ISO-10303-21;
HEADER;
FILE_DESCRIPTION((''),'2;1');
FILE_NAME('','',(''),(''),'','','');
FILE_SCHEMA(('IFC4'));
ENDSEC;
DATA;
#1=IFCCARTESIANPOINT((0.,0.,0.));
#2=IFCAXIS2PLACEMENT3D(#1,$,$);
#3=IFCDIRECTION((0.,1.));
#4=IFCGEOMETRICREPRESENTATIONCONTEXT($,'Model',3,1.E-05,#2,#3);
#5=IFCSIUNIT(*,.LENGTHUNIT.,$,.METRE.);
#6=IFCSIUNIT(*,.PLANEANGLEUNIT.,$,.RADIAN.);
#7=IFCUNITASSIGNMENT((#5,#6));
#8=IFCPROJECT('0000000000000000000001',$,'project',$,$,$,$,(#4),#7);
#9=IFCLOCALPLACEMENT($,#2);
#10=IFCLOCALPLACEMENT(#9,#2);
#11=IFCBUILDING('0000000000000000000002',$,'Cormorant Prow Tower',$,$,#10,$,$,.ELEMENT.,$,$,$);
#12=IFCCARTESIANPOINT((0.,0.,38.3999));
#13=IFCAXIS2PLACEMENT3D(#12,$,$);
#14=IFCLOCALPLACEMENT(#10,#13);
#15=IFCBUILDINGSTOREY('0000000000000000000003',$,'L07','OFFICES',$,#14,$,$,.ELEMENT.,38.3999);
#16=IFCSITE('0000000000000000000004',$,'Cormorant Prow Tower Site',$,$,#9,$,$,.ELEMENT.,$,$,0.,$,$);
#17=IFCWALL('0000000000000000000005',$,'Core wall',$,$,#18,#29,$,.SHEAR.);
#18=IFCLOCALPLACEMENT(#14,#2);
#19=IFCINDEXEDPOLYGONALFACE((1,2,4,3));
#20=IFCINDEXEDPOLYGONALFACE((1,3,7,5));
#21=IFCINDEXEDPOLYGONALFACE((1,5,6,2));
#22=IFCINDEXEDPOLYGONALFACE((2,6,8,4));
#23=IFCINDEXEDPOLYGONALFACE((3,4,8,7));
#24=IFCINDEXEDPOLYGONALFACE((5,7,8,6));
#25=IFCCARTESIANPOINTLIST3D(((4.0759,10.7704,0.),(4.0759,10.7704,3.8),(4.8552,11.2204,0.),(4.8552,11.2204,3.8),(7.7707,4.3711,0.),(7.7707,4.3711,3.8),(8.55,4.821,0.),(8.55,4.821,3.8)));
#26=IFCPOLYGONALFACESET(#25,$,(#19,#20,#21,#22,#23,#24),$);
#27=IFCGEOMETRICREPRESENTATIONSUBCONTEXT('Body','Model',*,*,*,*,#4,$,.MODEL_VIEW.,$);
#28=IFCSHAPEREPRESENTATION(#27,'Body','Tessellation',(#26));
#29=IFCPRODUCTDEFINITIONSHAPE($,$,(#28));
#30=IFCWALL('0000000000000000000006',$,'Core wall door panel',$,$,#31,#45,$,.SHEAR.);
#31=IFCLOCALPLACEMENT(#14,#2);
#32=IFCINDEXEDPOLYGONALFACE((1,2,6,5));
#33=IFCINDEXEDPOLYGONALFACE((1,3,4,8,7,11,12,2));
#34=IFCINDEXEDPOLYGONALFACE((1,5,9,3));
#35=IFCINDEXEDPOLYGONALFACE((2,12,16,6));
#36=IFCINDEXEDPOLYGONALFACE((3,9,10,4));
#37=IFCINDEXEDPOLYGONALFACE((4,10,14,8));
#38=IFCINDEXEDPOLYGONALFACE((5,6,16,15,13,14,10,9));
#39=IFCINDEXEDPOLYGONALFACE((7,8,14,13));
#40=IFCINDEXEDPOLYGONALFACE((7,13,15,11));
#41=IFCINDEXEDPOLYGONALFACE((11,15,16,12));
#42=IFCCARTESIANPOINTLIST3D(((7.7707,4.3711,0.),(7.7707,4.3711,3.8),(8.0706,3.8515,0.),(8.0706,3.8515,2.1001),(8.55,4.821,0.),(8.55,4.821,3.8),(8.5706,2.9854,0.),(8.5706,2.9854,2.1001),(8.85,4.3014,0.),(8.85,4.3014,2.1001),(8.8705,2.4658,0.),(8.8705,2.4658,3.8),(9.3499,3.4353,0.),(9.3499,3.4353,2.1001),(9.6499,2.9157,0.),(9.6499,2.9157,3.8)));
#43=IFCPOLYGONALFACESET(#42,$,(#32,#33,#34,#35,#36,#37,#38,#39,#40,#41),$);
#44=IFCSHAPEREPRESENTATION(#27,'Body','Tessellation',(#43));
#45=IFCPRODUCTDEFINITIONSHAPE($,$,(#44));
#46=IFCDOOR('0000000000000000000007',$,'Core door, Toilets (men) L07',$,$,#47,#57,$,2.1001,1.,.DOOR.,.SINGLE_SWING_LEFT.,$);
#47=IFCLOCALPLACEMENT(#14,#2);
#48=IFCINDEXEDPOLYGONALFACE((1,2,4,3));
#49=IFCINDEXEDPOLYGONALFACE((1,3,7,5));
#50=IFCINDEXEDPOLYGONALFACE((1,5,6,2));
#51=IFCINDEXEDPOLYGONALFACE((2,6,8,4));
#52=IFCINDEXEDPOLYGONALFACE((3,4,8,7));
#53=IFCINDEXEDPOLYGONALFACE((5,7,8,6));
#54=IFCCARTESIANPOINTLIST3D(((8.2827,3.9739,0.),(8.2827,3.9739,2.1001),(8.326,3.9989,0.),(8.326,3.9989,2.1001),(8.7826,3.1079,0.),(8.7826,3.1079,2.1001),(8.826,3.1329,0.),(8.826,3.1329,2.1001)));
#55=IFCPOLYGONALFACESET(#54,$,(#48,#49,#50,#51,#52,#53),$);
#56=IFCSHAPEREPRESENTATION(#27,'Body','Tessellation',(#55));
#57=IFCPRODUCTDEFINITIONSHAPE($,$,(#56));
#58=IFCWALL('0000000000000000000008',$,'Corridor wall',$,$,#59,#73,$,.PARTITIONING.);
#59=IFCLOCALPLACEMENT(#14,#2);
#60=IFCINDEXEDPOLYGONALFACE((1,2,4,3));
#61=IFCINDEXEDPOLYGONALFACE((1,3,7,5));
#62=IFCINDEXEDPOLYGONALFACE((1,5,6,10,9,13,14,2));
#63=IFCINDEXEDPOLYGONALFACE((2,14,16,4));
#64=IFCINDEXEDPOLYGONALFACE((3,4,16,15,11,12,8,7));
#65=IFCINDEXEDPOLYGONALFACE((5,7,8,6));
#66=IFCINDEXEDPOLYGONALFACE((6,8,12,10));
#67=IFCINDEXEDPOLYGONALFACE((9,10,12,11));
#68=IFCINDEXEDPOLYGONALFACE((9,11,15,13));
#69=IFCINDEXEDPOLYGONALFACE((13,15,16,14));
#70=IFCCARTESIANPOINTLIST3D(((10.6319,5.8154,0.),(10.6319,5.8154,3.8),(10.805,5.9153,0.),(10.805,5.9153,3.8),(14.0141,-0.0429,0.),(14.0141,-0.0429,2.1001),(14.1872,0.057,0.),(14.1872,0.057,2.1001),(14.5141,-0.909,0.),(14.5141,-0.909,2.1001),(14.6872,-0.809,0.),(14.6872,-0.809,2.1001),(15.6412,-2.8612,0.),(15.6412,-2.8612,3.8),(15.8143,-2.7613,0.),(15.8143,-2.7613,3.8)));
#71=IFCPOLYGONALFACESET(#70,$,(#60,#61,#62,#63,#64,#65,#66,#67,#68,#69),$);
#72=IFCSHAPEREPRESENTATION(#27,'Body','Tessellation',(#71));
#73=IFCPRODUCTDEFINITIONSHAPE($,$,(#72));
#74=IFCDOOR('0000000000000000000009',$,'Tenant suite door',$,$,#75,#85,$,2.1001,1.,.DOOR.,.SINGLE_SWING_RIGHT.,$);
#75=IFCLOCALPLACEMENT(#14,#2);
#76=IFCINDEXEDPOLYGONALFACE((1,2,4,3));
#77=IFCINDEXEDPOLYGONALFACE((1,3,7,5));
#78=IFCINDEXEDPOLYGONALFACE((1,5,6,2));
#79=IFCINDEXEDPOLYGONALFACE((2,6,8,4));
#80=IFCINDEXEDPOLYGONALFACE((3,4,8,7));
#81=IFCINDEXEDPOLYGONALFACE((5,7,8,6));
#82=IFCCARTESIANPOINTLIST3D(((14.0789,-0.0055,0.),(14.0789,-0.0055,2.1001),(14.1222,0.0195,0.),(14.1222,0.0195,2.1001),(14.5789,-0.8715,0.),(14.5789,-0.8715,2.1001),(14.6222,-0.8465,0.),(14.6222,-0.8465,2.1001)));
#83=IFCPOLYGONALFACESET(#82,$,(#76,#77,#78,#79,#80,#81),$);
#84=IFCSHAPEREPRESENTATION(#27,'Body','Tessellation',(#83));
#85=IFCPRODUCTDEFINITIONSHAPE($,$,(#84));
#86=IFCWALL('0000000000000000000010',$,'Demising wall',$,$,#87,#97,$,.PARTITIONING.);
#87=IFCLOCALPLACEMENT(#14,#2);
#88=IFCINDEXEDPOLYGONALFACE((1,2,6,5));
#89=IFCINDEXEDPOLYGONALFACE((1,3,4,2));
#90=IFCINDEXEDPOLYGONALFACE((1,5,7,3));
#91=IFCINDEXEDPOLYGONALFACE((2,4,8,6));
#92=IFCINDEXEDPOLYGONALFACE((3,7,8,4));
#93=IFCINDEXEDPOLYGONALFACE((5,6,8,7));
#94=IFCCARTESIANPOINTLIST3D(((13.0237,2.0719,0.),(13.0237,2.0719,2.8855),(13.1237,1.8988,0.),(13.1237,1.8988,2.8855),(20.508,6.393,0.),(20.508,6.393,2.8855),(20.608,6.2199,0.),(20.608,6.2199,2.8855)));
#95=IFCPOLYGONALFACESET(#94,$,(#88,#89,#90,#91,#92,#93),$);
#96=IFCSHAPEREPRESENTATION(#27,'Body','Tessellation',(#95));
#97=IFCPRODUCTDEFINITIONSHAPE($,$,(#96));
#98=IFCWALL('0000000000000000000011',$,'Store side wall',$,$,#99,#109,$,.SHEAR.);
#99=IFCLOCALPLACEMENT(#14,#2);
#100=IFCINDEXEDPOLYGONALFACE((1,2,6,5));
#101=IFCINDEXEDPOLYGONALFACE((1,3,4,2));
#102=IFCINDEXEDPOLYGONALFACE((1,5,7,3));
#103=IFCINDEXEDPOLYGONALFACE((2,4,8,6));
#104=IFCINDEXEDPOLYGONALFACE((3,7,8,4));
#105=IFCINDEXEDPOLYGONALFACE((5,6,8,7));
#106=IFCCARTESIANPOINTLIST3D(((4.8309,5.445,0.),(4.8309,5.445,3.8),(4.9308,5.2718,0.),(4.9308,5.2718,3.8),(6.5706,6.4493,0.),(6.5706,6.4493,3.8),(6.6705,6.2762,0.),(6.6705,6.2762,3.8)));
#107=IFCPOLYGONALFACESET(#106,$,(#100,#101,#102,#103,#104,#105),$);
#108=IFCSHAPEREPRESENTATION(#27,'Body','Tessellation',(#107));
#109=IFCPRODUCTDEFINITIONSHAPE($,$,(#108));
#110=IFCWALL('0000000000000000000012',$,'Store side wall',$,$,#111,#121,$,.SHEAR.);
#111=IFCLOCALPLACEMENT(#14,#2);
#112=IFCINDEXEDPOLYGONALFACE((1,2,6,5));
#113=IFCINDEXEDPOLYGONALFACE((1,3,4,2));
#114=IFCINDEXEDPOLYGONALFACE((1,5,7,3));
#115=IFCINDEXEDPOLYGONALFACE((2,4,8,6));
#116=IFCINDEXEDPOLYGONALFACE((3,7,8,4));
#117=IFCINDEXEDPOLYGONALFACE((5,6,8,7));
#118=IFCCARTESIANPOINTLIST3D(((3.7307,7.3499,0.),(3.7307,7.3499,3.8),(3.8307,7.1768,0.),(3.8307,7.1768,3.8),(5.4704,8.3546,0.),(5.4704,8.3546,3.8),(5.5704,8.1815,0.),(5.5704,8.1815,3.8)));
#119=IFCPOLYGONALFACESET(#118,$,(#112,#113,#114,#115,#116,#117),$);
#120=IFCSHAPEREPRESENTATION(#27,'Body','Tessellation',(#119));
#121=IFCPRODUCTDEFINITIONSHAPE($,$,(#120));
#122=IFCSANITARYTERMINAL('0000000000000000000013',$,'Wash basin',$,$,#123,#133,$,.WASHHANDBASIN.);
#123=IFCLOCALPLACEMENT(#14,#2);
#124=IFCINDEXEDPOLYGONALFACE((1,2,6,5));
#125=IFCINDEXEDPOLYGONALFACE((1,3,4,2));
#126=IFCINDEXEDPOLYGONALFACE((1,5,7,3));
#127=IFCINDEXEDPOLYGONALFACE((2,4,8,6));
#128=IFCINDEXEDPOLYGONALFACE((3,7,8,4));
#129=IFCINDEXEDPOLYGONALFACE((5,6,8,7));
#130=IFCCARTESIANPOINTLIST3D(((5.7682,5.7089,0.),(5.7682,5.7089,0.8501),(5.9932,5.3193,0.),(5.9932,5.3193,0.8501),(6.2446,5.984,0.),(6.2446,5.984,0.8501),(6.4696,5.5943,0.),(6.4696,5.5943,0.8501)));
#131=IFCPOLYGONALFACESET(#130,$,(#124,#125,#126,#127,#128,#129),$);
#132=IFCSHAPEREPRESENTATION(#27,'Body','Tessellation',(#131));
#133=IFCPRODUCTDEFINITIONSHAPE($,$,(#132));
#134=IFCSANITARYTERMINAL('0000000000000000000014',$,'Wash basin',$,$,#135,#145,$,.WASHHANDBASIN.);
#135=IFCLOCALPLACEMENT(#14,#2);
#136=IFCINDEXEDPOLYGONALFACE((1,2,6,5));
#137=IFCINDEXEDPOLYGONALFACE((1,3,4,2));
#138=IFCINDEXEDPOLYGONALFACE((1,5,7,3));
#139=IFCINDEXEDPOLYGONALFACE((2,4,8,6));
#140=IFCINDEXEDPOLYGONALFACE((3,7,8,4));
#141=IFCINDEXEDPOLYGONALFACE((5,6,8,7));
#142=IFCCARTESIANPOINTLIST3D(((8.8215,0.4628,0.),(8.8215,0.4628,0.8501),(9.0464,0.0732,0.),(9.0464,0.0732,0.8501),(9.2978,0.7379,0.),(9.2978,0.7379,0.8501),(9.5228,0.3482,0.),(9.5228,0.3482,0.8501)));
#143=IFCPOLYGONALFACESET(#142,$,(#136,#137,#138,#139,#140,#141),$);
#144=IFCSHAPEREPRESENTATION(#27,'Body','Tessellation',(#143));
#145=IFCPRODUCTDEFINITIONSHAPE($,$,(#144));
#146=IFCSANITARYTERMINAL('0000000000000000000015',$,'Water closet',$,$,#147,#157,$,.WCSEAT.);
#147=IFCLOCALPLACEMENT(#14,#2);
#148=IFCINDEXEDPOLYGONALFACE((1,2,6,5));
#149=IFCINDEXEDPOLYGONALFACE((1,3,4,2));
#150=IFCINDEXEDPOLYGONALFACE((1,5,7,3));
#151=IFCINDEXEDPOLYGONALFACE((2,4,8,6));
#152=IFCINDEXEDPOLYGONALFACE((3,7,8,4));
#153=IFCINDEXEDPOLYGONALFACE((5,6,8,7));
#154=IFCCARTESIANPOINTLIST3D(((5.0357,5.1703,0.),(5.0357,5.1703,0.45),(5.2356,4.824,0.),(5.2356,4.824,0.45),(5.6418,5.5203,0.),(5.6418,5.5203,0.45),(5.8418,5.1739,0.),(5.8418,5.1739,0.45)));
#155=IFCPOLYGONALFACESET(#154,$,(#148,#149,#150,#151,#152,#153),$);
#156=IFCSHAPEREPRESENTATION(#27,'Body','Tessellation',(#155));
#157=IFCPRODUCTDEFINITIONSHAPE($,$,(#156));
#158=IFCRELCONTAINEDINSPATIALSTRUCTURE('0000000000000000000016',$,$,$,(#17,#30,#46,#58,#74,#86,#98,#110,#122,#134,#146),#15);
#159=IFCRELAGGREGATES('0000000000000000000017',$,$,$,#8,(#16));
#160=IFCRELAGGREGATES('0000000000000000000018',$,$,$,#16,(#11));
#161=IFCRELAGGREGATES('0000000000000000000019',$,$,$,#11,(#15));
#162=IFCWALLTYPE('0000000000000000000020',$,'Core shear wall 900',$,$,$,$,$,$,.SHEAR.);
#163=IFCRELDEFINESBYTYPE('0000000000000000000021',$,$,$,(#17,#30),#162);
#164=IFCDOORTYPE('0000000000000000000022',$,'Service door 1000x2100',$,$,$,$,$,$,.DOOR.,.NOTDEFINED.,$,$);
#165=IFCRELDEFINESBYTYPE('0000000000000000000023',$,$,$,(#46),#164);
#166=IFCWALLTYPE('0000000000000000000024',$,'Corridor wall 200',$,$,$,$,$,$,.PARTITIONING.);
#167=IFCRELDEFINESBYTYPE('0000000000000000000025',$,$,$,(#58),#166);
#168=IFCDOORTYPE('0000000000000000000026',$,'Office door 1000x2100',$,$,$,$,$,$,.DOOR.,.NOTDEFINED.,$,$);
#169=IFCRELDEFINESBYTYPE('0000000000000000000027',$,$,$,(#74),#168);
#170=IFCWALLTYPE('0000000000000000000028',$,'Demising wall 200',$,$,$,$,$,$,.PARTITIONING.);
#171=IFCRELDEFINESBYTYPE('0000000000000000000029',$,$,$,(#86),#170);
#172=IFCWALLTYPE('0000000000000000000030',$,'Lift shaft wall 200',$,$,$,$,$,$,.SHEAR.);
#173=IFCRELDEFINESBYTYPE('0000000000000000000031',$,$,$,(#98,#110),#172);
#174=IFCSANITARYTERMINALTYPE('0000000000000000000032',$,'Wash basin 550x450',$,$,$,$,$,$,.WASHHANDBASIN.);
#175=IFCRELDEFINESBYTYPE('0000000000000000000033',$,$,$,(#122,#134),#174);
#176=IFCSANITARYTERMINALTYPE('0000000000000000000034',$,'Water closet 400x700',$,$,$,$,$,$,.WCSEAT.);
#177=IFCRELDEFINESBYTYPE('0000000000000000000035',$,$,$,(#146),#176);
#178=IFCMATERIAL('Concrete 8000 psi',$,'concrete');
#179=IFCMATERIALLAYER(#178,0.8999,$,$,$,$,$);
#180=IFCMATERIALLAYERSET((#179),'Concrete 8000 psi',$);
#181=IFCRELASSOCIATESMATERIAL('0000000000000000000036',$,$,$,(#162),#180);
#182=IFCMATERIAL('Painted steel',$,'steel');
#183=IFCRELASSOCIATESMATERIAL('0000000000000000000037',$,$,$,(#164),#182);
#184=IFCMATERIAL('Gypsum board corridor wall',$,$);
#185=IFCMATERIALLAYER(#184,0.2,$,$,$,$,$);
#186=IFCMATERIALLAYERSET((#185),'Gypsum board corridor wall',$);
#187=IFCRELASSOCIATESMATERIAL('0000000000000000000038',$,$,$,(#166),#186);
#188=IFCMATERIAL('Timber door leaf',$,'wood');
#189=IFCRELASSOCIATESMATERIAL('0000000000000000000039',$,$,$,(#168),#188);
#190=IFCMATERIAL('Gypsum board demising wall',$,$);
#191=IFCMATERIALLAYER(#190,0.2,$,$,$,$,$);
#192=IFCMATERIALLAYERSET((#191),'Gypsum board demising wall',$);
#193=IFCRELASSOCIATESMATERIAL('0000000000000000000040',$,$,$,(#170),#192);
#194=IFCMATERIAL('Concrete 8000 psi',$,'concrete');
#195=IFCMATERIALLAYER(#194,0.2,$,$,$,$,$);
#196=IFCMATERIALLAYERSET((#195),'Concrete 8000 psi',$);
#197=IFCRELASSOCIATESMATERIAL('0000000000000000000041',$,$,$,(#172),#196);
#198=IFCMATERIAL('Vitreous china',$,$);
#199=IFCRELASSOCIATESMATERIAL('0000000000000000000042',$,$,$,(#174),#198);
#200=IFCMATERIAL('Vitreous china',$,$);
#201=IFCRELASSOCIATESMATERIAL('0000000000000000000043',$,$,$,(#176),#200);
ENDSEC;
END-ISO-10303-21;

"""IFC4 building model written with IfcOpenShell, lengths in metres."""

from ifc_helpers import new_model, si_unit, direction, frame, frame_2d, origin, origin_2d, place, context, subcontext, project, spatial, rectangle, extrude, material, layer, layer_set, type_object, element, fill, save


model = new_model("IFC4")

# Units and contexts
model_context = context("Model", 3, precision=1e-05, world=origin(), true_north=direction((0.0, 1.0)))
body_context = subcontext(model_context, "Body", "Model", "MODEL_VIEW")
ifc_project = project(units=[si_unit("LENGTHUNIT", "METRE"), si_unit("PLANEANGLEUNIT", "RADIAN")], contexts=[model_context])

# Site, building, storey
site_placement = place(None, origin())
site = spatial("IfcSite", under=ifc_project, at=site_placement, Name="Cormorant Prow Tower Site", CompositionType="ELEMENT", RefElevation=0.0)
building_placement = place(site_placement, origin())
building = spatial("IfcBuilding", under=site, at=building_placement, Name="Cormorant Prow Tower", CompositionType="ELEMENT")
storey_placement = place(building_placement, frame((0.0, 0.0, 38.3999)))
storey = spatial("IfcBuildingStorey", under=building, at=storey_placement, Name="L07", Description="OFFICES", CompositionType="ELEMENT", Elevation=38.3999)

# Wall
ifc_material_1 = material(Name="Concrete 8000 psi", Category="concrete")
ifc_layer_1 = layer(ifc_material_1, 0.8999)
ifc_layer_set_1 = layer_set([ifc_layer_1], Name="Concrete 8000 psi")
wall_type_1 = type_object("IfcWallType", Name="Core shear wall 900", PredefinedType="SHEAR", material=ifc_layer_set_1)
wall_1_placement = place(storey_placement, frame((8.1604, 4.5959, 0.0), z_axis=(0.0, 0.0, 1.0), x_axis=(-0.500012, 0.866018, 0.0)))
element("IfcWall", 1, at=wall_1_placement, inside=storey, type_object=wall_type_1, Name="Core wall", PredefinedType="SHEAR", context=body_context, shape_type="SweptSolid", body=[
    extrude(rectangle(XDim=7.3894, YDim=0.8999, at=frame_2d((3.6948, 0.0))), origin(), (0.0, 0.0, 1.0), 3.8),
])

# Walls, openings, doors
wall_2_placement = place(storey_placement, frame((9.2603, 2.6907, 0.0), z_axis=(0.0, 0.0, 1.0), x_axis=(-0.499947, 0.866056, 0.0)))
wall_2 = element("IfcWall", 2, at=wall_2_placement, inside=storey, type_object=wall_type_1, Name="Core wall door panel", PredefinedType="SHEAR", context=body_context, shape_type="SweptSolid", body=[
    extrude(rectangle(XDim=2.2, YDim=0.8999, at=frame_2d((1.1001, 0.0))), origin(), (0.0, 0.0, 1.0), 3.8),
])
opening_1_placement = place(wall_2_placement, frame((0.6001, 0.0, 0.0)))
opening_1 = element("IfcOpeningElement", 3, at=opening_1_placement, cuts=wall_2, PredefinedType="OPENING", context=body_context, shape_type="SweptSolid", body=[
    extrude(rectangle(XDim=1.0, YDim=2.1001, at=frame_2d((0.5, 1.05))), frame((0.0, 0.46, 0.0), z_axis=(0.0, -1.0, 0.0), x_axis=(1.0, 0.0, 0.0)), (0.0, 0.0, 1.0), 0.9199),
])
ifc_material_2 = material(Name="Painted steel", Category="steel")
door_type_1 = type_object("IfcDoorType", Name="Service door 1000x2100", OperationType="NOTDEFINED", PredefinedType="DOOR", material=ifc_material_2)
door_1_placement = place(opening_1_placement, origin())
door_1 = element("IfcDoor", 4, at=door_1_placement, inside=storey, type_object=door_type_1, Name="Core door, Toilets (men) L07", OperationType="SINGLE_SWING_LEFT", OverallHeight=2.1001, OverallWidth=1.0, PredefinedType="DOOR", context=body_context, shape_type="SweptSolid", body=[
    extrude(rectangle(XDim=1.0, YDim=2.1001, at=frame_2d((0.5, 1.05))), frame((0.0, 0.2051, 0.0), z_axis=(0.0, -1.0, 0.0), x_axis=(1.0, 0.0, 0.0)), (0.0, 0.0, 1.0), 0.05),
])
fill(opening_1, door_1)
ifc_material_3 = material(Name="Gypsum board corridor wall")
ifc_layer_2 = layer(ifc_material_3, 0.2)
ifc_layer_set_2 = layer_set([ifc_layer_2], Name="Gypsum board corridor wall")
wall_type_2 = type_object("IfcWallType", Name="Corridor wall 200", PredefinedType="PARTITIONING", material=ifc_layer_set_2)
wall_3_placement = place(storey_placement, frame((10.7185, 5.8652, 0.0), z_axis=(0.0, 0.0, 1.0), x_axis=(0.499992, -0.86603, 0.0)))
wall_3 = element("IfcWall", 5, at=wall_3_placement, inside=storey, type_object=wall_type_2, Name="Corridor wall", PredefinedType="PARTITIONING", context=body_context, shape_type="SweptSolid", body=[
    extrude(rectangle(XDim=10.0188, YDim=0.2, at=frame_2d((5.0093, 0.0))), origin(), (0.0, 0.0, 1.0), 3.8),
])
opening_2_placement = place(wall_3_placement, frame((6.7644, 0.0, 0.0)))
opening_2 = element("IfcOpeningElement", 6, at=opening_2_placement, cuts=wall_3, PredefinedType="OPENING", context=body_context, shape_type="SweptSolid", body=[
    extrude(rectangle(XDim=1.0, YDim=2.1001, at=frame_2d((0.5, 1.05))), frame((0.0, 0.1099, 0.0), z_axis=(0.0, -1.0, 0.0), x_axis=(1.0, 0.0, 0.0)), (0.0, 0.0, 1.0), 0.22),
])
ifc_material_4 = material(Name="Timber door leaf", Category="wood")
door_type_2 = type_object("IfcDoorType", Name="Office door 1000x2100", OperationType="NOTDEFINED", PredefinedType="DOOR", material=ifc_material_4)
door_2_placement = place(opening_2_placement, origin())
door_2 = element("IfcDoor", 7, at=door_2_placement, inside=storey, type_object=door_type_2, Name="Tenant suite door", OperationType="SINGLE_SWING_RIGHT", OverallHeight=2.1001, OverallWidth=1.0, PredefinedType="DOOR", context=body_context, shape_type="SweptSolid", body=[
    extrude(rectangle(XDim=1.0, YDim=2.1001, at=frame_2d((0.5, 1.05))), frame((0.0, 0.0249, 0.0), z_axis=(0.0, -1.0, 0.0), x_axis=(1.0, 0.0, 0.0)), (0.0, 0.0, 1.0), 0.05),
])
fill(opening_2, door_2)

# Walls
ifc_material_5 = material(Name="Gypsum board demising wall")
ifc_layer_3 = layer(ifc_material_5, 0.2)
ifc_layer_set_3 = layer_set([ifc_layer_3], Name="Gypsum board demising wall")
wall_type_3 = type_object("IfcWallType", Name="Demising wall 200", PredefinedType="PARTITIONING", material=ifc_layer_set_3)
wall_4_placement = place(storey_placement, frame((13.0737, 1.9854, 0.0), z_axis=(0.0, 0.0, 1.0), x_axis=(0.866021, 0.500007, 0.0)))
element("IfcWall", 8, at=wall_4_placement, inside=storey, type_object=wall_type_3, Name="Demising wall", PredefinedType="PARTITIONING", context=body_context, shape_type="SweptSolid", body=[
    extrude(rectangle(XDim=8.6421, YDim=0.2, at=frame_2d((4.321, 0.0))), origin(), (0.0, 0.0, 1.0), 2.8855),
])
ifc_material_6 = material(Name="Concrete 8000 psi", Category="concrete")
ifc_layer_4 = layer(ifc_material_6, 0.2)
ifc_layer_set_4 = layer_set([ifc_layer_4], Name="Concrete 8000 psi")
wall_type_4 = type_object("IfcWallType", Name="Lift shaft wall 200", PredefinedType="SHEAR", material=ifc_layer_set_4)
wall_5_placement = place(storey_placement, frame((4.8809, 5.3584, 0.0), z_axis=(0.0, 0.0, 1.0), x_axis=(0.866036, 0.499982, 0.0)))
element("IfcWall", 9, at=wall_5_placement, inside=storey, type_object=wall_type_4, Name="Store side wall", PredefinedType="SHEAR", context=body_context, shape_type="SweptSolid", body=[
    extrude(rectangle(XDim=2.0088, YDim=0.2, at=frame_2d((1.0044, 0.0))), origin(), (0.0, 0.0, 1.0), 3.8),
])
wall_6_placement = place(storey_placement, frame((3.7808, 7.2634, 0.0), z_axis=(0.0, 0.0, 1.0), x_axis=(0.865983, 0.500073, 0.0)))
element("IfcWall", 10, at=wall_6_placement, inside=storey, type_object=wall_type_4, Name="Store side wall", PredefinedType="SHEAR", context=body_context, shape_type="SweptSolid", body=[
    extrude(rectangle(XDim=2.009, YDim=0.2, at=frame_2d((1.0044, 0.0))), origin(), (0.0, 0.0, 1.0), 3.8),
])

# Sanitary terminals
ifc_material_7 = material(Name="Vitreous china")
sanitary_terminal_type_1 = type_object("IfcSanitaryTerminalType", Name="Wash basin 550x450", PredefinedType="WASHHANDBASIN", material=ifc_material_7)
for number, where, z_axis, x_axis, name in (
    (11, (6.1189, 5.6516, 0.0), (0.0, 0.0, 1.0), (-0.866043, -0.49997, 0.0), "Wash basin"),
    (12, (9.1721, 0.4055, 0.0), (0.0, 0.0, 1.0), (0.866017, 0.500015, 0.0), "Wash basin"),
):
    element("IfcSanitaryTerminal", number, at=place(storey_placement, frame(where, z_axis=z_axis, x_axis=x_axis)), inside=storey, type_object=sanitary_terminal_type_1, Name=name, PredefinedType="WASHHANDBASIN", context=body_context, shape_type="SweptSolid", body=[
        extrude(rectangle(XDim=0.55, YDim=0.45, at=origin_2d()), origin(), (0.0, 0.0, 1.0), 0.8501),
    ])
ifc_material_8 = material(Name="Vitreous china")
sanitary_terminal_type_2 = type_object("IfcSanitaryTerminalType", Name="Water closet 400x700", PredefinedType="WCSEAT", material=ifc_material_8)
sanitary_terminal_placement = place(storey_placement, frame((5.4387, 5.1721, 0.0), z_axis=(0.0, 0.0, 1.0), x_axis=(0.5, -0.866025, 0.0)))
element("IfcSanitaryTerminal", 13, at=sanitary_terminal_placement, inside=storey, type_object=sanitary_terminal_type_2, Name="Water closet", PredefinedType="WCSEAT", context=body_context, shape_type="SweptSolid", body=[
    extrude(rectangle(XDim=0.3999, YDim=0.7, at=origin_2d()), origin(), (0.0, 0.0, 1.0), 0.45),
])

save(model, "model.ifc")
